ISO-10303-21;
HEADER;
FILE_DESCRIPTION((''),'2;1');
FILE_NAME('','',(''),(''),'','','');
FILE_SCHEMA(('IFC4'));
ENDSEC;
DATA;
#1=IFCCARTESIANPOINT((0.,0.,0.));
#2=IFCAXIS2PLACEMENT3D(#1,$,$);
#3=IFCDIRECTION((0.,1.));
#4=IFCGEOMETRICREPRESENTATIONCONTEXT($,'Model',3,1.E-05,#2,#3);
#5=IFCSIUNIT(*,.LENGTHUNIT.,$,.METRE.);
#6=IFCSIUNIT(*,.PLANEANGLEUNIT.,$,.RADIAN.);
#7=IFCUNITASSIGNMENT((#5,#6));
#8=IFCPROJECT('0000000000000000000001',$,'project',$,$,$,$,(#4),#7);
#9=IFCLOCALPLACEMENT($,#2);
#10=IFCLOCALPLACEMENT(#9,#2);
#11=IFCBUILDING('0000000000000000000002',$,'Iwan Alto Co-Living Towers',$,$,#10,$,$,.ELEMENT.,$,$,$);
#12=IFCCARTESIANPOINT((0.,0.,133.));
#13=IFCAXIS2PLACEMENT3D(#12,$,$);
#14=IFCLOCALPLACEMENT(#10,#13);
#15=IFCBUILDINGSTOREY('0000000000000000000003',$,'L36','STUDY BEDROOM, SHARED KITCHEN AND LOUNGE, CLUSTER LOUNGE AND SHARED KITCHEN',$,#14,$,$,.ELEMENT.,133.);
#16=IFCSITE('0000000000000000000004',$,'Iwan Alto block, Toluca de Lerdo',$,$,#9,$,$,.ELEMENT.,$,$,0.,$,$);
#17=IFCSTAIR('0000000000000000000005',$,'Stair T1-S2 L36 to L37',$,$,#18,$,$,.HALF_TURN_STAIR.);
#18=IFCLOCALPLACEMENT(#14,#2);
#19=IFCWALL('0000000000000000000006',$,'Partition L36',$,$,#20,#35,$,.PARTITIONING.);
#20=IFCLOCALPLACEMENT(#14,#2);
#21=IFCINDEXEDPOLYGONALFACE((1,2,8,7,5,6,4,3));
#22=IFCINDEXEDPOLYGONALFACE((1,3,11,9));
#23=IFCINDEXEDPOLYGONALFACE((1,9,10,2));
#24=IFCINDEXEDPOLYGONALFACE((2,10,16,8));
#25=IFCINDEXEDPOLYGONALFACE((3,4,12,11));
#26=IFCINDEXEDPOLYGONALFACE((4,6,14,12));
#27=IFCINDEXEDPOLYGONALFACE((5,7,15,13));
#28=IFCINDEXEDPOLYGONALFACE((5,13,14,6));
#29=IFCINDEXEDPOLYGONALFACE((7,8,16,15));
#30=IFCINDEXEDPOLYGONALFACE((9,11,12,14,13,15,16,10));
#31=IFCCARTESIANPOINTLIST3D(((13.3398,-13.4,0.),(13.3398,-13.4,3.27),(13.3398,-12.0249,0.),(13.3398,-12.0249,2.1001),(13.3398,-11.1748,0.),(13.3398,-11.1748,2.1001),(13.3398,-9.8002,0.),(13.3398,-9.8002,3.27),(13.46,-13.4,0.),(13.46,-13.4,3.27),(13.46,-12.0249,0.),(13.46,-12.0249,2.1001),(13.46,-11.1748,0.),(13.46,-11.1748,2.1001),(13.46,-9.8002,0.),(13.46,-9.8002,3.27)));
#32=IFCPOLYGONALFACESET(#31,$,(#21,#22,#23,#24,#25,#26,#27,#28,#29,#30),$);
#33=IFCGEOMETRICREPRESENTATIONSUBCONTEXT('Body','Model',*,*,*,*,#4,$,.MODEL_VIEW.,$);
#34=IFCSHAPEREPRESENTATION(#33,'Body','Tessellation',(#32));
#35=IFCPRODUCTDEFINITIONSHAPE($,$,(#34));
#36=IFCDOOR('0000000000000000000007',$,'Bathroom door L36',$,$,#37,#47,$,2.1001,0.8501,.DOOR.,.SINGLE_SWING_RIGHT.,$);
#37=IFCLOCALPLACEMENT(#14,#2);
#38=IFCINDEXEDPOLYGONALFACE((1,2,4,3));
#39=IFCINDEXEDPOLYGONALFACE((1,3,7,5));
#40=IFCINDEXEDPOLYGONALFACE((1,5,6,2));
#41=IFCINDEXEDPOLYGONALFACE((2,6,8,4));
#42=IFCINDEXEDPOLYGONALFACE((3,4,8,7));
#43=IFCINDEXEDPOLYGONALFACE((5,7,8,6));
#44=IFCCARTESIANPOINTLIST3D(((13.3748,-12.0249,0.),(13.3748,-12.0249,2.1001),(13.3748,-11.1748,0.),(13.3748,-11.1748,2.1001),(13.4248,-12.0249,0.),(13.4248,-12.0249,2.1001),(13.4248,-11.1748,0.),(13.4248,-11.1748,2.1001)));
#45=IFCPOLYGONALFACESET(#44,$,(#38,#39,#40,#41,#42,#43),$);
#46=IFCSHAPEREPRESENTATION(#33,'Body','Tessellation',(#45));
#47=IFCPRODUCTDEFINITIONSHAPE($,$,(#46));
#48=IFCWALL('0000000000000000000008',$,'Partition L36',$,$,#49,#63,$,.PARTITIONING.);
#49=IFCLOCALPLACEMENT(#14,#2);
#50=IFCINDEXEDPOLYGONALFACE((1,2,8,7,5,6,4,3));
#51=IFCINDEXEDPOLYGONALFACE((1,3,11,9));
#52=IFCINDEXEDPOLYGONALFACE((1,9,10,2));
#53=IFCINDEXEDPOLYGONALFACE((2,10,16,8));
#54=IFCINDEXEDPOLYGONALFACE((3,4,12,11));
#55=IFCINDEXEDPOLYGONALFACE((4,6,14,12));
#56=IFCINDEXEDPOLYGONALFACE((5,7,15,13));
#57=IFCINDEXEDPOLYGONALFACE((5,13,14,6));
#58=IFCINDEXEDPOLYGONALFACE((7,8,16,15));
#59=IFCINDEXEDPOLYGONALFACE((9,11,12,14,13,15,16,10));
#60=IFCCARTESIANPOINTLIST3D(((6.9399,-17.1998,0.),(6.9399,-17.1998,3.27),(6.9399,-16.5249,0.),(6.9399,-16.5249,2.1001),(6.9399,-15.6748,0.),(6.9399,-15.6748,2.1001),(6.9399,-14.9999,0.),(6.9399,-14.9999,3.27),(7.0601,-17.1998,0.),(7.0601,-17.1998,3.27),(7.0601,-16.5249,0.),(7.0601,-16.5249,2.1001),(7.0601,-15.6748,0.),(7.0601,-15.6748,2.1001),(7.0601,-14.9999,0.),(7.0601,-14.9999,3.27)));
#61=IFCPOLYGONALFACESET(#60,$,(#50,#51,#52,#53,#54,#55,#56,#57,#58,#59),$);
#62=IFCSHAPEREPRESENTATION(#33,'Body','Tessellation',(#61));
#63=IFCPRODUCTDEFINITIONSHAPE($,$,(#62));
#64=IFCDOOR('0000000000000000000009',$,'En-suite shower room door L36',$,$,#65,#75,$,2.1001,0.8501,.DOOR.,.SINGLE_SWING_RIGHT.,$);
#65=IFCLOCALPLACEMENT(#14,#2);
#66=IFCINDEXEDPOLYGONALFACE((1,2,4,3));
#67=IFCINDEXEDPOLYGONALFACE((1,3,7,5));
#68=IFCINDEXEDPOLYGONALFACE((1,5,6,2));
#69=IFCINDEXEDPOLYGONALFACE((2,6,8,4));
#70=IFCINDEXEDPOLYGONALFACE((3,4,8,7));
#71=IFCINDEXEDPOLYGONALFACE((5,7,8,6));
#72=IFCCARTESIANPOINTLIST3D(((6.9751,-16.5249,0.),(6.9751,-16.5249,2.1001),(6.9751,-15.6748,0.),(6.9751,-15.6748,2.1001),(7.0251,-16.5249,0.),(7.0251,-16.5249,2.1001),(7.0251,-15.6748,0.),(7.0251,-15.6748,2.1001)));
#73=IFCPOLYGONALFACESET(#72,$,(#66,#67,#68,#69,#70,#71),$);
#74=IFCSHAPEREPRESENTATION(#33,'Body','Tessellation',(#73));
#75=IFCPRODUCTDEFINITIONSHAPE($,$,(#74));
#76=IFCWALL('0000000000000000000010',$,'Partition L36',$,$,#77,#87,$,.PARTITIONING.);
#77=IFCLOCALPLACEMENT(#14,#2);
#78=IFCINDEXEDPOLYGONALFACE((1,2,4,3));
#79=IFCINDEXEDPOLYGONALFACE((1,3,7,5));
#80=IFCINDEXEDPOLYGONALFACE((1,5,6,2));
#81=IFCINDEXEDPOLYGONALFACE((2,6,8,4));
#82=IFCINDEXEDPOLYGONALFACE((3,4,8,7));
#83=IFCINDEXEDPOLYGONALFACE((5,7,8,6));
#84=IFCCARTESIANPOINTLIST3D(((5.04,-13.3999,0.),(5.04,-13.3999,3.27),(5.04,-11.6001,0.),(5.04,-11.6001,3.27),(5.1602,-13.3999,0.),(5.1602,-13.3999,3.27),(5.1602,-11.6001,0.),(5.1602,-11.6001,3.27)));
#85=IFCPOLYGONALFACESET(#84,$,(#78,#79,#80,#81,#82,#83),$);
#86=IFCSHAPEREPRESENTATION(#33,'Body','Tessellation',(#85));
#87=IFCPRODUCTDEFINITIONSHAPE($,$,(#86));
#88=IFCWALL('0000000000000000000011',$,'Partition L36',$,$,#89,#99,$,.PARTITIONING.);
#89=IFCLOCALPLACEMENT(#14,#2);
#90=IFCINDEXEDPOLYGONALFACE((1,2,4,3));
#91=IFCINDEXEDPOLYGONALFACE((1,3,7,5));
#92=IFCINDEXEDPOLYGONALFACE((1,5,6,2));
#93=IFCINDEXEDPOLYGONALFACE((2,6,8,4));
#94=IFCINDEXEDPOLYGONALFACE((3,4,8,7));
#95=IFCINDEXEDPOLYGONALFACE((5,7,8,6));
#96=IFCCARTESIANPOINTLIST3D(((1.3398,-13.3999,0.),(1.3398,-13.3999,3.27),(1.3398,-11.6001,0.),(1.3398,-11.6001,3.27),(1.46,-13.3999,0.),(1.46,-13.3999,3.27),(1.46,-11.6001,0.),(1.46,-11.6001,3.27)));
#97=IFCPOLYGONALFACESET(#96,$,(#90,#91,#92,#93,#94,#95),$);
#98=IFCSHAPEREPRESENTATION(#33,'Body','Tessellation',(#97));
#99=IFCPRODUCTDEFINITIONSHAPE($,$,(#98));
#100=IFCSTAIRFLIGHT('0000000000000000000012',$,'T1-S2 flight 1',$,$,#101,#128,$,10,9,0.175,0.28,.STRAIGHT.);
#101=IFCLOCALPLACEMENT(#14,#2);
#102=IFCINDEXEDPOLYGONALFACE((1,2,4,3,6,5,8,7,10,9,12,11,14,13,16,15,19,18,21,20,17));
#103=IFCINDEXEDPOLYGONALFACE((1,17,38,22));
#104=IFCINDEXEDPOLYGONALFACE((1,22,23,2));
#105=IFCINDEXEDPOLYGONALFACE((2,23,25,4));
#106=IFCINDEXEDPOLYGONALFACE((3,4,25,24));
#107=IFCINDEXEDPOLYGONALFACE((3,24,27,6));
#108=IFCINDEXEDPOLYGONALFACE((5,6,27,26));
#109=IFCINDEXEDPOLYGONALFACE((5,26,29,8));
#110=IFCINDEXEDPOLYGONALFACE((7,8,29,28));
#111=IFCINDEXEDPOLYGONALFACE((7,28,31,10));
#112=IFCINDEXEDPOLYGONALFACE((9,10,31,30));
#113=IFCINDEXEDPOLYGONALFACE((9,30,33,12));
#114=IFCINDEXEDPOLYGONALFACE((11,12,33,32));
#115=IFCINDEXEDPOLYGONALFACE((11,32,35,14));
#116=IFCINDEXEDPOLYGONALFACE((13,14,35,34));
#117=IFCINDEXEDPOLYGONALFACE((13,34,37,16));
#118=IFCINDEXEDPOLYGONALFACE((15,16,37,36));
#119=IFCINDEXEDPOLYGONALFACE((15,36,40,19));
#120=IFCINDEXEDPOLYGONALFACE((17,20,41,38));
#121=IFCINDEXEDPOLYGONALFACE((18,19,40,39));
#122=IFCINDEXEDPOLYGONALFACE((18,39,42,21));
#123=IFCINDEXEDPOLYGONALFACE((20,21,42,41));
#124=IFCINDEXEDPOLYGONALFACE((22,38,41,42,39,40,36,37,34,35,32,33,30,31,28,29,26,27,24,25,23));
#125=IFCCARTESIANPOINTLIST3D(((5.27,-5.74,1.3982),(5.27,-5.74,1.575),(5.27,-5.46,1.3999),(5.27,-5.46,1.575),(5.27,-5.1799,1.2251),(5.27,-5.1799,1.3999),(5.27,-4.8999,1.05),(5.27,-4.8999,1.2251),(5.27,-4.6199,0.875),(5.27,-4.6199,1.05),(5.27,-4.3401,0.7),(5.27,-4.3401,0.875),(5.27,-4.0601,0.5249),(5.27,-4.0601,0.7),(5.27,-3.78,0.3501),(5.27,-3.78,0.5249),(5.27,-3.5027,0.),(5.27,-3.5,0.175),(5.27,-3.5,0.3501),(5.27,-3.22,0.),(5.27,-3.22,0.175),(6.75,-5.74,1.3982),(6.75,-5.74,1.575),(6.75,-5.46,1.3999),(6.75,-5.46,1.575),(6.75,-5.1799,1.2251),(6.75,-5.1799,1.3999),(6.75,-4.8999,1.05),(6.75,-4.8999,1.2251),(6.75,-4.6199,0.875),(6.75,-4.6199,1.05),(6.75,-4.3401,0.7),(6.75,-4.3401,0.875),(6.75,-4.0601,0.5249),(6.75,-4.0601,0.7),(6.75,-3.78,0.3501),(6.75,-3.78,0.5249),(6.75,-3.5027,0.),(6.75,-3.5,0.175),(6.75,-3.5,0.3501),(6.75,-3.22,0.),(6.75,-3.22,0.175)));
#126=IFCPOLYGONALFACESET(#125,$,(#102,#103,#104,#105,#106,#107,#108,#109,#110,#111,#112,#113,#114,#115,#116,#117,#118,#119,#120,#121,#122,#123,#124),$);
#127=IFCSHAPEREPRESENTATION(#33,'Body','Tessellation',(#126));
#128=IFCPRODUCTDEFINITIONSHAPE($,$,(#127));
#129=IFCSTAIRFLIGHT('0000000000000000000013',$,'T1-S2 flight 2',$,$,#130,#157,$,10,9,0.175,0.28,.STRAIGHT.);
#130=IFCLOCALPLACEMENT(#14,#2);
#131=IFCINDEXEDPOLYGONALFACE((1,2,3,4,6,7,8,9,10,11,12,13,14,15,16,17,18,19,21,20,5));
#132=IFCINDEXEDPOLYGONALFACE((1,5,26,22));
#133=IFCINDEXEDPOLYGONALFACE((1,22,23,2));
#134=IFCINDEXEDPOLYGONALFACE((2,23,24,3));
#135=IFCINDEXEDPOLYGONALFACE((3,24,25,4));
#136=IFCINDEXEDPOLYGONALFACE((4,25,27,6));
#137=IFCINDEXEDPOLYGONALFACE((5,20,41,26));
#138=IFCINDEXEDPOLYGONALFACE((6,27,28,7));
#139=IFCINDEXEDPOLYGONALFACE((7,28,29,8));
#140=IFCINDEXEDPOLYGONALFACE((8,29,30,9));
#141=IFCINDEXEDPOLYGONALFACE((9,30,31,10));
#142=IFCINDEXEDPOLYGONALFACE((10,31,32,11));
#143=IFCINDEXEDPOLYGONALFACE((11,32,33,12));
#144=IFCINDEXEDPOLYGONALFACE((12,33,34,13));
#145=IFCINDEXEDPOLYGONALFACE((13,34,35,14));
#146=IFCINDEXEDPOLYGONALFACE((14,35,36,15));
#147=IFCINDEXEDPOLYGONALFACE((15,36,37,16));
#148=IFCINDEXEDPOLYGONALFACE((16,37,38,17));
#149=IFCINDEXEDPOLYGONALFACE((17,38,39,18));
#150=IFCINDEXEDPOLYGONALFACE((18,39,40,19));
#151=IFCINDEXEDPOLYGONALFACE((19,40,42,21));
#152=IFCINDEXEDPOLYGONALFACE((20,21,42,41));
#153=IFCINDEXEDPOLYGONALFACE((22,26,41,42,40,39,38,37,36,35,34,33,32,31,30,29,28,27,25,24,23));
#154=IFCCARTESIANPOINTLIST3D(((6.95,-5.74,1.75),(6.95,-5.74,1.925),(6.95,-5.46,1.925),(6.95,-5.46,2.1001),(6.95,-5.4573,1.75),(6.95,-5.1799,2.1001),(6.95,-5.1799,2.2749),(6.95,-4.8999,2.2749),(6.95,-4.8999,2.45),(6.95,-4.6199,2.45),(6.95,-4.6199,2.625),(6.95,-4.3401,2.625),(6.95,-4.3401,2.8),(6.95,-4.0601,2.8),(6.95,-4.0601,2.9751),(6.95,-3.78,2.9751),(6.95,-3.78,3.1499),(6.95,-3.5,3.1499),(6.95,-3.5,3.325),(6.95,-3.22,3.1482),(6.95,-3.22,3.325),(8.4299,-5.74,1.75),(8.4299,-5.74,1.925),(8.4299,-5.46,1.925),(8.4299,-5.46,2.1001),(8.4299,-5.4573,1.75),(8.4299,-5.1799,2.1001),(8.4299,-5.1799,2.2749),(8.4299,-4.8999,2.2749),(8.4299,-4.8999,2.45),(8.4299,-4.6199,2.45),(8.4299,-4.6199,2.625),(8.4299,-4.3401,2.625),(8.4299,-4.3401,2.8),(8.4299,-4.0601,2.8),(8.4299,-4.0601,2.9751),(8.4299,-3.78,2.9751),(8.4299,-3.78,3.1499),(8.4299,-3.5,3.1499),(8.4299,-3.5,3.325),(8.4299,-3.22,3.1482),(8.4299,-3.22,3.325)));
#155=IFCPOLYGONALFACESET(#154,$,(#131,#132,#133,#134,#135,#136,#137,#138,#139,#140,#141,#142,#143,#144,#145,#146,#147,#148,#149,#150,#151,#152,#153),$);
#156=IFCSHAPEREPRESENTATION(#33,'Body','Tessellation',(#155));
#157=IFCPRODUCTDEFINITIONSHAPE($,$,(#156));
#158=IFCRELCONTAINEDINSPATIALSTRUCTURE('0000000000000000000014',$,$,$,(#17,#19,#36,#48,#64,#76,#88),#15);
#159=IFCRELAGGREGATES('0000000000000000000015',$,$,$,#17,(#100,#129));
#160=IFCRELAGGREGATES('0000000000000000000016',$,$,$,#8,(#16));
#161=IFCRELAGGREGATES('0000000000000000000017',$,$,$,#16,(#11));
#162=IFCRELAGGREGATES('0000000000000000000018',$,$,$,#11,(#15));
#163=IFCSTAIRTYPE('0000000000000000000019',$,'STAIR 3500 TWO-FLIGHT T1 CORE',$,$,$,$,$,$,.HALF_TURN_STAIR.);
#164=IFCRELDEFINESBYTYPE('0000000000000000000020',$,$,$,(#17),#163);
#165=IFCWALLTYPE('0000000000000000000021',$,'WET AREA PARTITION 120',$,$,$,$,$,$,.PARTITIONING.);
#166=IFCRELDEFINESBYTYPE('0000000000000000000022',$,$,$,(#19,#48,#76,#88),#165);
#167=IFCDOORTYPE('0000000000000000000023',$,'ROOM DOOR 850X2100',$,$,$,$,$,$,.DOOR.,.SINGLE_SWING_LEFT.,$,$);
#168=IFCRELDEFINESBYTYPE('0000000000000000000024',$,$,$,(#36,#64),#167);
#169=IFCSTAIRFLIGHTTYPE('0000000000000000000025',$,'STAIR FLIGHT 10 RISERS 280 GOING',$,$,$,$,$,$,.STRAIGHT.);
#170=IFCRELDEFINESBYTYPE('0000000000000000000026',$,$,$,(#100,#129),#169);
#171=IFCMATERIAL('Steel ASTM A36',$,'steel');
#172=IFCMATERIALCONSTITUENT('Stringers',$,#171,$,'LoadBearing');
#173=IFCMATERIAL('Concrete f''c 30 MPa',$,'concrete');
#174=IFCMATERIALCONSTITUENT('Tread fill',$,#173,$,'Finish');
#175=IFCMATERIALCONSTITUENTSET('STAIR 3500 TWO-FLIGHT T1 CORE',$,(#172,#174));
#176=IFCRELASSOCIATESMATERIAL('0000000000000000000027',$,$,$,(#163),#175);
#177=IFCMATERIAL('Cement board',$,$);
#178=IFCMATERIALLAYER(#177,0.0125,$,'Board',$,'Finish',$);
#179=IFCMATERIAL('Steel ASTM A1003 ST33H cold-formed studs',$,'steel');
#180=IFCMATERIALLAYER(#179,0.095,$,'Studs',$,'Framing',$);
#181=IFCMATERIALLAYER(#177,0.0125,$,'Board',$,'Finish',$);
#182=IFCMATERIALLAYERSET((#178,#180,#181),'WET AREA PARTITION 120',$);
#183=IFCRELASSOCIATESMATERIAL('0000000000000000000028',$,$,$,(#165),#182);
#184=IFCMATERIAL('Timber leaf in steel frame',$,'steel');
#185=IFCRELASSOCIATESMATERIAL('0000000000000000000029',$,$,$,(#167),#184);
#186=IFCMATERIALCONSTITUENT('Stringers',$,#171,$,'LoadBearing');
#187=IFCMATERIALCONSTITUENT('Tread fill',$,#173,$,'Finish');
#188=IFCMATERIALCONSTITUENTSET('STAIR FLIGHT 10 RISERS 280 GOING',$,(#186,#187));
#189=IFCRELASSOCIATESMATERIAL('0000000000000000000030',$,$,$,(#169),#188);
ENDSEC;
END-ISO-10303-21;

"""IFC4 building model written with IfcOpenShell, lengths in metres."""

from ifc_helpers import new_model, si_unit, direction, frame, frame_2d, origin, place, context, subcontext, project, spatial, polyline, rectangle, outline, extrude, material, layer, layer_set, constituent, constituent_set, type_object, element, fill, aggregate, save


model = new_model("IFC4")

# Units and contexts
model_context = context("Model", 3, precision=1e-05, world=origin(), true_north=direction((0.0, 1.0)))
body_context = subcontext(model_context, "Body", "Model", "MODEL_VIEW")
ifc_project = project(units=[si_unit("LENGTHUNIT", "METRE"), si_unit("PLANEANGLEUNIT", "RADIAN")], contexts=[model_context])

# Site, building, storey
site_placement = place(None, origin())
site = spatial("IfcSite", under=ifc_project, at=site_placement, Name="Iwan Alto block, Toluca de Lerdo", CompositionType="ELEMENT", RefElevation=0.0)
building_placement = place(site_placement, origin())
building = spatial("IfcBuilding", under=site, at=building_placement, Name="Iwan Alto Co-Living Towers", CompositionType="ELEMENT")
storey_placement = place(building_placement, frame((0.0, 0.0, 133.0)))
storey = spatial("IfcBuildingStorey", under=building, at=storey_placement, Name="L36", Description="STUDY BEDROOM, SHARED KITCHEN AND LOUNGE, CLUSTER LOUNGE AND SHARED KITCHEN", CompositionType="ELEMENT", Elevation=133.0)

# Stair
ifc_material_1 = material(Name="Steel ASTM A36", Category="steel")
ifc_constituent_1 = constituent(ifc_material_1, Name="Stringers", Category="LoadBearing")
ifc_material_2 = material(Name="Concrete f'c 30 MPa", Category="concrete")
ifc_constituent_2 = constituent(ifc_material_2, Name="Tread fill", Category="Finish")
ifc_constituent_set_1 = constituent_set(constituents=[ifc_constituent_1, ifc_constituent_2], Name="STAIR 3500 TWO-FLIGHT T1 CORE")
stair_type = type_object("IfcStairType", Name="STAIR 3500 TWO-FLIGHT T1 CORE", PredefinedType="HALF_TURN_STAIR", material=ifc_constituent_set_1)
stair_1_placement = place(storey_placement, origin())
stair_1 = element("IfcStair", 1, at=stair_1_placement, inside=storey, type_object=stair_type, Name="Stair T1-S2 L36 to L37", PredefinedType="HALF_TURN_STAIR")

# Shared definitions
ifc_material_3 = material(Name="Steel ASTM A1003 ST33H cold-formed studs", Category="steel")

# Shared definitions
ifc_material_4 = material(Name="Cement board")
ifc_layer_1 = layer(ifc_material_4, 0.0125, Name="Board", Category="Finish")
ifc_layer_2 = layer(ifc_material_3, 0.095, Name="Studs", Category="Framing")
ifc_layer_3 = layer(ifc_material_4, 0.0125, Name="Board", Category="Finish")
ifc_layer_set_1 = layer_set([ifc_layer_1, ifc_layer_2, ifc_layer_3], Name="WET AREA PARTITION 120")
wall_type_1 = type_object("IfcWallType", Name="WET AREA PARTITION 120", PredefinedType="PARTITIONING", material=ifc_layer_set_1)
ifc_material_5 = material(Name="Timber leaf in steel frame", Category="steel")
door_type_1 = type_object("IfcDoorType", Name="ROOM DOOR 850X2100", OperationType="SINGLE_SWING_LEFT", PredefinedType="DOOR", material=ifc_material_5)

# Walls, openings, doors
wall_1_placement = place(storey_placement, frame((13.3999, -13.3999, 0.0), z_axis=(0.0, 0.0, 1.0), x_axis=(0.0, 1.0, 0.0)))
wall_1 = element("IfcWall", 2, at=wall_1_placement, inside=storey, type_object=wall_type_1, Name="Partition L36", PredefinedType="PARTITIONING", context=body_context, shape_type="SweptSolid", body=[
    extrude(rectangle(XDim=3.5999, YDim=0.1201, at=frame_2d((1.7998, 0.0))), origin(), (0.0, 0.0, 1.0), 3.27),
])
opening_1_placement = place(wall_1_placement, frame((1.375, 0.0, 0.0)))
opening_1 = element("IfcOpeningElement", 3, at=opening_1_placement, cuts=wall_1, PredefinedType="OPENING", context=body_context, shape_type="SweptSolid", body=[
    extrude(rectangle(XDim=0.8501, YDim=2.1001, at=frame_2d((0.425, 1.05))), frame((0.0, 0.0701, 0.0), z_axis=(0.0, -1.0, 0.0), x_axis=(1.0, 0.0, 0.0)), (0.0, 0.0, 1.0), 0.1401),
])
door_1_placement = place(opening_1_placement, frame((0.8501, 0.0, 0.0), z_axis=(0.0, 0.0, 1.0), x_axis=(-1.0, 0.0, 0.0)))
door_1 = element("IfcDoor", 4, at=door_1_placement, inside=storey, type_object=door_type_1, Name="Bathroom door L36", OperationType="SINGLE_SWING_RIGHT", OverallHeight=2.1001, OverallWidth=0.8501, PredefinedType="DOOR", context=body_context, shape_type="SweptSolid", body=[
    extrude(rectangle(XDim=0.8501, YDim=2.1001, at=frame_2d((0.425, 1.05))), frame((0.0, 0.0249, 0.0), z_axis=(0.0, -1.0, 0.0), x_axis=(1.0, 0.0, 0.0)), (0.0, 0.0, 1.0), 0.05),
])
fill(opening_1, door_1)
wall_2_placement = place(storey_placement, frame((7.0, -17.2, 0.0), z_axis=(0.0, 0.0, 1.0), x_axis=(0.0, 1.0, 0.0)))
wall_2 = element("IfcWall", 5, at=wall_2_placement, inside=storey, type_object=wall_type_1, Name="Partition L36", PredefinedType="PARTITIONING", context=body_context, shape_type="SweptSolid", body=[
    extrude(rectangle(XDim=2.2, YDim=0.1201, at=frame_2d((1.1001, 0.0))), origin(), (0.0, 0.0, 1.0), 3.27),
])
opening_2_placement = place(wall_2_placement, frame((0.675, 0.0, 0.0)))
opening_2 = element("IfcOpeningElement", 6, at=opening_2_placement, cuts=wall_2, PredefinedType="OPENING", context=body_context, shape_type="SweptSolid", body=[
    extrude(rectangle(XDim=0.8501, YDim=2.1001, at=frame_2d((0.425, 1.05))), frame((0.0, 0.0701, 0.0), z_axis=(0.0, -1.0, 0.0), x_axis=(1.0, 0.0, 0.0)), (0.0, 0.0, 1.0), 0.1401),
])
door_2_placement = place(opening_2_placement, origin())
door_2 = element("IfcDoor", 7, at=door_2_placement, inside=storey, type_object=door_type_1, Name="En-suite shower room door L36", OperationType="SINGLE_SWING_RIGHT", OverallHeight=2.1001, OverallWidth=0.8501, PredefinedType="DOOR", context=body_context, shape_type="SweptSolid", body=[
    extrude(rectangle(XDim=0.8501, YDim=2.1001, at=frame_2d((0.425, 1.05))), frame((0.0, 0.0249, 0.0), z_axis=(0.0, -1.0, 0.0), x_axis=(1.0, 0.0, 0.0)), (0.0, 0.0, 1.0), 0.05),
])
fill(opening_2, door_2)

# Walls
for number, where, z_axis, x_axis, name in (
    (8, (5.1001, -13.3999, 0.0), (0.0, 0.0, 1.0), (0.0, 1.0, 0.0), "Partition L36"),
    (9, (1.3999, -13.3999, 0.0), (0.0, 0.0, 1.0), (0.0, 1.0, 0.0), "Partition L36"),
):
    element("IfcWall", number, at=place(storey_placement, frame(where, z_axis=z_axis, x_axis=x_axis)), inside=storey, type_object=wall_type_1, Name=name, PredefinedType="PARTITIONING", context=body_context, shape_type="SweptSolid", body=[
        extrude(rectangle(XDim=1.7998, YDim=0.1201, at=frame_2d((0.8999, 0.0))), origin(), (0.0, 0.0, 1.0), 3.27),
    ])

# Stair flights
ifc_constituent_3 = constituent(ifc_material_1, Name="Stringers", Category="LoadBearing")
ifc_constituent_4 = constituent(ifc_material_2, Name="Tread fill", Category="Finish")
ifc_constituent_set_2 = constituent_set(constituents=[ifc_constituent_3, ifc_constituent_4], Name="STAIR FLIGHT 10 RISERS 280 GOING")
stair_flight_type = type_object("IfcStairFlightType", Name="STAIR FLIGHT 10 RISERS 280 GOING", PredefinedType="STRAIGHT", material=ifc_constituent_set_2)
stair_flight_1_placement = place(storey_placement, frame((6.01, -3.22, 0.0), z_axis=(0.0, 0.0, 1.0), x_axis=(0.0, -1.0, 0.0)))
stair_flight_1 = element("IfcStairFlight", 10, at=stair_flight_1_placement, type_object=stair_flight_type, Name="T1-S2 flight 1", NumberOfRisers=10, NumberOfTreads=9, PredefinedType="STRAIGHT", RiserHeight=0.175, TreadLength=0.28, context=body_context, shape_type="SweptSolid", body=[
    extrude(outline(polyline([(0.0, 0.0), (0.0, 0.175), (0.28, 0.175), (0.28, 0.3501), (0.5601, 0.3501), (0.5601, 0.5249), (0.8401, 0.5249), (0.8401, 0.7), (1.1201, 0.7), (1.1201, 0.875), (1.3999, 0.875), (1.3999, 1.05), (1.6799, 1.05), (1.6799, 1.2251), (1.96, 1.2251), (1.96, 1.3999), (2.24, 1.3999), (2.24, 1.575), (2.52, 1.575), (2.52, 1.75), (2.52, 1.3982), (0.2827, 0.0), (0.0, 0.0)])), frame((0.0, 0.74, 0.0), z_axis=(0.0, -1.0, 0.0), x_axis=(1.0, 0.0, 0.0)), (0.0, 0.0, 1.0), 1.48),
])
stair_flight_2_placement = place(storey_placement, frame((7.6899, -5.74, 1.75), z_axis=(0.0, 0.0, 1.0), x_axis=(0.0, 1.0, 0.0)))
stair_flight_2 = element("IfcStairFlight", 11, at=stair_flight_2_placement, type_object=stair_flight_type, Name="T1-S2 flight 2", NumberOfRisers=10, NumberOfTreads=9, PredefinedType="STRAIGHT", RiserHeight=0.175, TreadLength=0.28, context=body_context, shape_type="SweptSolid", body=[
    extrude(outline(polyline([(0.0, 0.0), (0.0, 0.175), (0.28, 0.175), (0.28, 0.3501), (0.5601, 0.3501), (0.5601, 0.5249), (0.8401, 0.5249), (0.8401, 0.7), (1.1201, 0.7), (1.1201, 0.875), (1.3999, 0.875), (1.3999, 1.05), (1.6799, 1.05), (1.6799, 1.2251), (1.96, 1.2251), (1.96, 1.3999), (2.24, 1.3999), (2.24, 1.575), (2.52, 1.575), (2.52, 1.75), (2.52, 1.3982), (0.2827, 0.0), (0.0, 0.0)])), frame((0.0, 0.74, 0.0), z_axis=(0.0, -1.0, 0.0), x_axis=(1.0, 0.0, 0.0)), (0.0, 0.0, 1.0), 1.48),
])
aggregate(stair_1, [stair_flight_1, stair_flight_2])

save(model, "model.ifc")
